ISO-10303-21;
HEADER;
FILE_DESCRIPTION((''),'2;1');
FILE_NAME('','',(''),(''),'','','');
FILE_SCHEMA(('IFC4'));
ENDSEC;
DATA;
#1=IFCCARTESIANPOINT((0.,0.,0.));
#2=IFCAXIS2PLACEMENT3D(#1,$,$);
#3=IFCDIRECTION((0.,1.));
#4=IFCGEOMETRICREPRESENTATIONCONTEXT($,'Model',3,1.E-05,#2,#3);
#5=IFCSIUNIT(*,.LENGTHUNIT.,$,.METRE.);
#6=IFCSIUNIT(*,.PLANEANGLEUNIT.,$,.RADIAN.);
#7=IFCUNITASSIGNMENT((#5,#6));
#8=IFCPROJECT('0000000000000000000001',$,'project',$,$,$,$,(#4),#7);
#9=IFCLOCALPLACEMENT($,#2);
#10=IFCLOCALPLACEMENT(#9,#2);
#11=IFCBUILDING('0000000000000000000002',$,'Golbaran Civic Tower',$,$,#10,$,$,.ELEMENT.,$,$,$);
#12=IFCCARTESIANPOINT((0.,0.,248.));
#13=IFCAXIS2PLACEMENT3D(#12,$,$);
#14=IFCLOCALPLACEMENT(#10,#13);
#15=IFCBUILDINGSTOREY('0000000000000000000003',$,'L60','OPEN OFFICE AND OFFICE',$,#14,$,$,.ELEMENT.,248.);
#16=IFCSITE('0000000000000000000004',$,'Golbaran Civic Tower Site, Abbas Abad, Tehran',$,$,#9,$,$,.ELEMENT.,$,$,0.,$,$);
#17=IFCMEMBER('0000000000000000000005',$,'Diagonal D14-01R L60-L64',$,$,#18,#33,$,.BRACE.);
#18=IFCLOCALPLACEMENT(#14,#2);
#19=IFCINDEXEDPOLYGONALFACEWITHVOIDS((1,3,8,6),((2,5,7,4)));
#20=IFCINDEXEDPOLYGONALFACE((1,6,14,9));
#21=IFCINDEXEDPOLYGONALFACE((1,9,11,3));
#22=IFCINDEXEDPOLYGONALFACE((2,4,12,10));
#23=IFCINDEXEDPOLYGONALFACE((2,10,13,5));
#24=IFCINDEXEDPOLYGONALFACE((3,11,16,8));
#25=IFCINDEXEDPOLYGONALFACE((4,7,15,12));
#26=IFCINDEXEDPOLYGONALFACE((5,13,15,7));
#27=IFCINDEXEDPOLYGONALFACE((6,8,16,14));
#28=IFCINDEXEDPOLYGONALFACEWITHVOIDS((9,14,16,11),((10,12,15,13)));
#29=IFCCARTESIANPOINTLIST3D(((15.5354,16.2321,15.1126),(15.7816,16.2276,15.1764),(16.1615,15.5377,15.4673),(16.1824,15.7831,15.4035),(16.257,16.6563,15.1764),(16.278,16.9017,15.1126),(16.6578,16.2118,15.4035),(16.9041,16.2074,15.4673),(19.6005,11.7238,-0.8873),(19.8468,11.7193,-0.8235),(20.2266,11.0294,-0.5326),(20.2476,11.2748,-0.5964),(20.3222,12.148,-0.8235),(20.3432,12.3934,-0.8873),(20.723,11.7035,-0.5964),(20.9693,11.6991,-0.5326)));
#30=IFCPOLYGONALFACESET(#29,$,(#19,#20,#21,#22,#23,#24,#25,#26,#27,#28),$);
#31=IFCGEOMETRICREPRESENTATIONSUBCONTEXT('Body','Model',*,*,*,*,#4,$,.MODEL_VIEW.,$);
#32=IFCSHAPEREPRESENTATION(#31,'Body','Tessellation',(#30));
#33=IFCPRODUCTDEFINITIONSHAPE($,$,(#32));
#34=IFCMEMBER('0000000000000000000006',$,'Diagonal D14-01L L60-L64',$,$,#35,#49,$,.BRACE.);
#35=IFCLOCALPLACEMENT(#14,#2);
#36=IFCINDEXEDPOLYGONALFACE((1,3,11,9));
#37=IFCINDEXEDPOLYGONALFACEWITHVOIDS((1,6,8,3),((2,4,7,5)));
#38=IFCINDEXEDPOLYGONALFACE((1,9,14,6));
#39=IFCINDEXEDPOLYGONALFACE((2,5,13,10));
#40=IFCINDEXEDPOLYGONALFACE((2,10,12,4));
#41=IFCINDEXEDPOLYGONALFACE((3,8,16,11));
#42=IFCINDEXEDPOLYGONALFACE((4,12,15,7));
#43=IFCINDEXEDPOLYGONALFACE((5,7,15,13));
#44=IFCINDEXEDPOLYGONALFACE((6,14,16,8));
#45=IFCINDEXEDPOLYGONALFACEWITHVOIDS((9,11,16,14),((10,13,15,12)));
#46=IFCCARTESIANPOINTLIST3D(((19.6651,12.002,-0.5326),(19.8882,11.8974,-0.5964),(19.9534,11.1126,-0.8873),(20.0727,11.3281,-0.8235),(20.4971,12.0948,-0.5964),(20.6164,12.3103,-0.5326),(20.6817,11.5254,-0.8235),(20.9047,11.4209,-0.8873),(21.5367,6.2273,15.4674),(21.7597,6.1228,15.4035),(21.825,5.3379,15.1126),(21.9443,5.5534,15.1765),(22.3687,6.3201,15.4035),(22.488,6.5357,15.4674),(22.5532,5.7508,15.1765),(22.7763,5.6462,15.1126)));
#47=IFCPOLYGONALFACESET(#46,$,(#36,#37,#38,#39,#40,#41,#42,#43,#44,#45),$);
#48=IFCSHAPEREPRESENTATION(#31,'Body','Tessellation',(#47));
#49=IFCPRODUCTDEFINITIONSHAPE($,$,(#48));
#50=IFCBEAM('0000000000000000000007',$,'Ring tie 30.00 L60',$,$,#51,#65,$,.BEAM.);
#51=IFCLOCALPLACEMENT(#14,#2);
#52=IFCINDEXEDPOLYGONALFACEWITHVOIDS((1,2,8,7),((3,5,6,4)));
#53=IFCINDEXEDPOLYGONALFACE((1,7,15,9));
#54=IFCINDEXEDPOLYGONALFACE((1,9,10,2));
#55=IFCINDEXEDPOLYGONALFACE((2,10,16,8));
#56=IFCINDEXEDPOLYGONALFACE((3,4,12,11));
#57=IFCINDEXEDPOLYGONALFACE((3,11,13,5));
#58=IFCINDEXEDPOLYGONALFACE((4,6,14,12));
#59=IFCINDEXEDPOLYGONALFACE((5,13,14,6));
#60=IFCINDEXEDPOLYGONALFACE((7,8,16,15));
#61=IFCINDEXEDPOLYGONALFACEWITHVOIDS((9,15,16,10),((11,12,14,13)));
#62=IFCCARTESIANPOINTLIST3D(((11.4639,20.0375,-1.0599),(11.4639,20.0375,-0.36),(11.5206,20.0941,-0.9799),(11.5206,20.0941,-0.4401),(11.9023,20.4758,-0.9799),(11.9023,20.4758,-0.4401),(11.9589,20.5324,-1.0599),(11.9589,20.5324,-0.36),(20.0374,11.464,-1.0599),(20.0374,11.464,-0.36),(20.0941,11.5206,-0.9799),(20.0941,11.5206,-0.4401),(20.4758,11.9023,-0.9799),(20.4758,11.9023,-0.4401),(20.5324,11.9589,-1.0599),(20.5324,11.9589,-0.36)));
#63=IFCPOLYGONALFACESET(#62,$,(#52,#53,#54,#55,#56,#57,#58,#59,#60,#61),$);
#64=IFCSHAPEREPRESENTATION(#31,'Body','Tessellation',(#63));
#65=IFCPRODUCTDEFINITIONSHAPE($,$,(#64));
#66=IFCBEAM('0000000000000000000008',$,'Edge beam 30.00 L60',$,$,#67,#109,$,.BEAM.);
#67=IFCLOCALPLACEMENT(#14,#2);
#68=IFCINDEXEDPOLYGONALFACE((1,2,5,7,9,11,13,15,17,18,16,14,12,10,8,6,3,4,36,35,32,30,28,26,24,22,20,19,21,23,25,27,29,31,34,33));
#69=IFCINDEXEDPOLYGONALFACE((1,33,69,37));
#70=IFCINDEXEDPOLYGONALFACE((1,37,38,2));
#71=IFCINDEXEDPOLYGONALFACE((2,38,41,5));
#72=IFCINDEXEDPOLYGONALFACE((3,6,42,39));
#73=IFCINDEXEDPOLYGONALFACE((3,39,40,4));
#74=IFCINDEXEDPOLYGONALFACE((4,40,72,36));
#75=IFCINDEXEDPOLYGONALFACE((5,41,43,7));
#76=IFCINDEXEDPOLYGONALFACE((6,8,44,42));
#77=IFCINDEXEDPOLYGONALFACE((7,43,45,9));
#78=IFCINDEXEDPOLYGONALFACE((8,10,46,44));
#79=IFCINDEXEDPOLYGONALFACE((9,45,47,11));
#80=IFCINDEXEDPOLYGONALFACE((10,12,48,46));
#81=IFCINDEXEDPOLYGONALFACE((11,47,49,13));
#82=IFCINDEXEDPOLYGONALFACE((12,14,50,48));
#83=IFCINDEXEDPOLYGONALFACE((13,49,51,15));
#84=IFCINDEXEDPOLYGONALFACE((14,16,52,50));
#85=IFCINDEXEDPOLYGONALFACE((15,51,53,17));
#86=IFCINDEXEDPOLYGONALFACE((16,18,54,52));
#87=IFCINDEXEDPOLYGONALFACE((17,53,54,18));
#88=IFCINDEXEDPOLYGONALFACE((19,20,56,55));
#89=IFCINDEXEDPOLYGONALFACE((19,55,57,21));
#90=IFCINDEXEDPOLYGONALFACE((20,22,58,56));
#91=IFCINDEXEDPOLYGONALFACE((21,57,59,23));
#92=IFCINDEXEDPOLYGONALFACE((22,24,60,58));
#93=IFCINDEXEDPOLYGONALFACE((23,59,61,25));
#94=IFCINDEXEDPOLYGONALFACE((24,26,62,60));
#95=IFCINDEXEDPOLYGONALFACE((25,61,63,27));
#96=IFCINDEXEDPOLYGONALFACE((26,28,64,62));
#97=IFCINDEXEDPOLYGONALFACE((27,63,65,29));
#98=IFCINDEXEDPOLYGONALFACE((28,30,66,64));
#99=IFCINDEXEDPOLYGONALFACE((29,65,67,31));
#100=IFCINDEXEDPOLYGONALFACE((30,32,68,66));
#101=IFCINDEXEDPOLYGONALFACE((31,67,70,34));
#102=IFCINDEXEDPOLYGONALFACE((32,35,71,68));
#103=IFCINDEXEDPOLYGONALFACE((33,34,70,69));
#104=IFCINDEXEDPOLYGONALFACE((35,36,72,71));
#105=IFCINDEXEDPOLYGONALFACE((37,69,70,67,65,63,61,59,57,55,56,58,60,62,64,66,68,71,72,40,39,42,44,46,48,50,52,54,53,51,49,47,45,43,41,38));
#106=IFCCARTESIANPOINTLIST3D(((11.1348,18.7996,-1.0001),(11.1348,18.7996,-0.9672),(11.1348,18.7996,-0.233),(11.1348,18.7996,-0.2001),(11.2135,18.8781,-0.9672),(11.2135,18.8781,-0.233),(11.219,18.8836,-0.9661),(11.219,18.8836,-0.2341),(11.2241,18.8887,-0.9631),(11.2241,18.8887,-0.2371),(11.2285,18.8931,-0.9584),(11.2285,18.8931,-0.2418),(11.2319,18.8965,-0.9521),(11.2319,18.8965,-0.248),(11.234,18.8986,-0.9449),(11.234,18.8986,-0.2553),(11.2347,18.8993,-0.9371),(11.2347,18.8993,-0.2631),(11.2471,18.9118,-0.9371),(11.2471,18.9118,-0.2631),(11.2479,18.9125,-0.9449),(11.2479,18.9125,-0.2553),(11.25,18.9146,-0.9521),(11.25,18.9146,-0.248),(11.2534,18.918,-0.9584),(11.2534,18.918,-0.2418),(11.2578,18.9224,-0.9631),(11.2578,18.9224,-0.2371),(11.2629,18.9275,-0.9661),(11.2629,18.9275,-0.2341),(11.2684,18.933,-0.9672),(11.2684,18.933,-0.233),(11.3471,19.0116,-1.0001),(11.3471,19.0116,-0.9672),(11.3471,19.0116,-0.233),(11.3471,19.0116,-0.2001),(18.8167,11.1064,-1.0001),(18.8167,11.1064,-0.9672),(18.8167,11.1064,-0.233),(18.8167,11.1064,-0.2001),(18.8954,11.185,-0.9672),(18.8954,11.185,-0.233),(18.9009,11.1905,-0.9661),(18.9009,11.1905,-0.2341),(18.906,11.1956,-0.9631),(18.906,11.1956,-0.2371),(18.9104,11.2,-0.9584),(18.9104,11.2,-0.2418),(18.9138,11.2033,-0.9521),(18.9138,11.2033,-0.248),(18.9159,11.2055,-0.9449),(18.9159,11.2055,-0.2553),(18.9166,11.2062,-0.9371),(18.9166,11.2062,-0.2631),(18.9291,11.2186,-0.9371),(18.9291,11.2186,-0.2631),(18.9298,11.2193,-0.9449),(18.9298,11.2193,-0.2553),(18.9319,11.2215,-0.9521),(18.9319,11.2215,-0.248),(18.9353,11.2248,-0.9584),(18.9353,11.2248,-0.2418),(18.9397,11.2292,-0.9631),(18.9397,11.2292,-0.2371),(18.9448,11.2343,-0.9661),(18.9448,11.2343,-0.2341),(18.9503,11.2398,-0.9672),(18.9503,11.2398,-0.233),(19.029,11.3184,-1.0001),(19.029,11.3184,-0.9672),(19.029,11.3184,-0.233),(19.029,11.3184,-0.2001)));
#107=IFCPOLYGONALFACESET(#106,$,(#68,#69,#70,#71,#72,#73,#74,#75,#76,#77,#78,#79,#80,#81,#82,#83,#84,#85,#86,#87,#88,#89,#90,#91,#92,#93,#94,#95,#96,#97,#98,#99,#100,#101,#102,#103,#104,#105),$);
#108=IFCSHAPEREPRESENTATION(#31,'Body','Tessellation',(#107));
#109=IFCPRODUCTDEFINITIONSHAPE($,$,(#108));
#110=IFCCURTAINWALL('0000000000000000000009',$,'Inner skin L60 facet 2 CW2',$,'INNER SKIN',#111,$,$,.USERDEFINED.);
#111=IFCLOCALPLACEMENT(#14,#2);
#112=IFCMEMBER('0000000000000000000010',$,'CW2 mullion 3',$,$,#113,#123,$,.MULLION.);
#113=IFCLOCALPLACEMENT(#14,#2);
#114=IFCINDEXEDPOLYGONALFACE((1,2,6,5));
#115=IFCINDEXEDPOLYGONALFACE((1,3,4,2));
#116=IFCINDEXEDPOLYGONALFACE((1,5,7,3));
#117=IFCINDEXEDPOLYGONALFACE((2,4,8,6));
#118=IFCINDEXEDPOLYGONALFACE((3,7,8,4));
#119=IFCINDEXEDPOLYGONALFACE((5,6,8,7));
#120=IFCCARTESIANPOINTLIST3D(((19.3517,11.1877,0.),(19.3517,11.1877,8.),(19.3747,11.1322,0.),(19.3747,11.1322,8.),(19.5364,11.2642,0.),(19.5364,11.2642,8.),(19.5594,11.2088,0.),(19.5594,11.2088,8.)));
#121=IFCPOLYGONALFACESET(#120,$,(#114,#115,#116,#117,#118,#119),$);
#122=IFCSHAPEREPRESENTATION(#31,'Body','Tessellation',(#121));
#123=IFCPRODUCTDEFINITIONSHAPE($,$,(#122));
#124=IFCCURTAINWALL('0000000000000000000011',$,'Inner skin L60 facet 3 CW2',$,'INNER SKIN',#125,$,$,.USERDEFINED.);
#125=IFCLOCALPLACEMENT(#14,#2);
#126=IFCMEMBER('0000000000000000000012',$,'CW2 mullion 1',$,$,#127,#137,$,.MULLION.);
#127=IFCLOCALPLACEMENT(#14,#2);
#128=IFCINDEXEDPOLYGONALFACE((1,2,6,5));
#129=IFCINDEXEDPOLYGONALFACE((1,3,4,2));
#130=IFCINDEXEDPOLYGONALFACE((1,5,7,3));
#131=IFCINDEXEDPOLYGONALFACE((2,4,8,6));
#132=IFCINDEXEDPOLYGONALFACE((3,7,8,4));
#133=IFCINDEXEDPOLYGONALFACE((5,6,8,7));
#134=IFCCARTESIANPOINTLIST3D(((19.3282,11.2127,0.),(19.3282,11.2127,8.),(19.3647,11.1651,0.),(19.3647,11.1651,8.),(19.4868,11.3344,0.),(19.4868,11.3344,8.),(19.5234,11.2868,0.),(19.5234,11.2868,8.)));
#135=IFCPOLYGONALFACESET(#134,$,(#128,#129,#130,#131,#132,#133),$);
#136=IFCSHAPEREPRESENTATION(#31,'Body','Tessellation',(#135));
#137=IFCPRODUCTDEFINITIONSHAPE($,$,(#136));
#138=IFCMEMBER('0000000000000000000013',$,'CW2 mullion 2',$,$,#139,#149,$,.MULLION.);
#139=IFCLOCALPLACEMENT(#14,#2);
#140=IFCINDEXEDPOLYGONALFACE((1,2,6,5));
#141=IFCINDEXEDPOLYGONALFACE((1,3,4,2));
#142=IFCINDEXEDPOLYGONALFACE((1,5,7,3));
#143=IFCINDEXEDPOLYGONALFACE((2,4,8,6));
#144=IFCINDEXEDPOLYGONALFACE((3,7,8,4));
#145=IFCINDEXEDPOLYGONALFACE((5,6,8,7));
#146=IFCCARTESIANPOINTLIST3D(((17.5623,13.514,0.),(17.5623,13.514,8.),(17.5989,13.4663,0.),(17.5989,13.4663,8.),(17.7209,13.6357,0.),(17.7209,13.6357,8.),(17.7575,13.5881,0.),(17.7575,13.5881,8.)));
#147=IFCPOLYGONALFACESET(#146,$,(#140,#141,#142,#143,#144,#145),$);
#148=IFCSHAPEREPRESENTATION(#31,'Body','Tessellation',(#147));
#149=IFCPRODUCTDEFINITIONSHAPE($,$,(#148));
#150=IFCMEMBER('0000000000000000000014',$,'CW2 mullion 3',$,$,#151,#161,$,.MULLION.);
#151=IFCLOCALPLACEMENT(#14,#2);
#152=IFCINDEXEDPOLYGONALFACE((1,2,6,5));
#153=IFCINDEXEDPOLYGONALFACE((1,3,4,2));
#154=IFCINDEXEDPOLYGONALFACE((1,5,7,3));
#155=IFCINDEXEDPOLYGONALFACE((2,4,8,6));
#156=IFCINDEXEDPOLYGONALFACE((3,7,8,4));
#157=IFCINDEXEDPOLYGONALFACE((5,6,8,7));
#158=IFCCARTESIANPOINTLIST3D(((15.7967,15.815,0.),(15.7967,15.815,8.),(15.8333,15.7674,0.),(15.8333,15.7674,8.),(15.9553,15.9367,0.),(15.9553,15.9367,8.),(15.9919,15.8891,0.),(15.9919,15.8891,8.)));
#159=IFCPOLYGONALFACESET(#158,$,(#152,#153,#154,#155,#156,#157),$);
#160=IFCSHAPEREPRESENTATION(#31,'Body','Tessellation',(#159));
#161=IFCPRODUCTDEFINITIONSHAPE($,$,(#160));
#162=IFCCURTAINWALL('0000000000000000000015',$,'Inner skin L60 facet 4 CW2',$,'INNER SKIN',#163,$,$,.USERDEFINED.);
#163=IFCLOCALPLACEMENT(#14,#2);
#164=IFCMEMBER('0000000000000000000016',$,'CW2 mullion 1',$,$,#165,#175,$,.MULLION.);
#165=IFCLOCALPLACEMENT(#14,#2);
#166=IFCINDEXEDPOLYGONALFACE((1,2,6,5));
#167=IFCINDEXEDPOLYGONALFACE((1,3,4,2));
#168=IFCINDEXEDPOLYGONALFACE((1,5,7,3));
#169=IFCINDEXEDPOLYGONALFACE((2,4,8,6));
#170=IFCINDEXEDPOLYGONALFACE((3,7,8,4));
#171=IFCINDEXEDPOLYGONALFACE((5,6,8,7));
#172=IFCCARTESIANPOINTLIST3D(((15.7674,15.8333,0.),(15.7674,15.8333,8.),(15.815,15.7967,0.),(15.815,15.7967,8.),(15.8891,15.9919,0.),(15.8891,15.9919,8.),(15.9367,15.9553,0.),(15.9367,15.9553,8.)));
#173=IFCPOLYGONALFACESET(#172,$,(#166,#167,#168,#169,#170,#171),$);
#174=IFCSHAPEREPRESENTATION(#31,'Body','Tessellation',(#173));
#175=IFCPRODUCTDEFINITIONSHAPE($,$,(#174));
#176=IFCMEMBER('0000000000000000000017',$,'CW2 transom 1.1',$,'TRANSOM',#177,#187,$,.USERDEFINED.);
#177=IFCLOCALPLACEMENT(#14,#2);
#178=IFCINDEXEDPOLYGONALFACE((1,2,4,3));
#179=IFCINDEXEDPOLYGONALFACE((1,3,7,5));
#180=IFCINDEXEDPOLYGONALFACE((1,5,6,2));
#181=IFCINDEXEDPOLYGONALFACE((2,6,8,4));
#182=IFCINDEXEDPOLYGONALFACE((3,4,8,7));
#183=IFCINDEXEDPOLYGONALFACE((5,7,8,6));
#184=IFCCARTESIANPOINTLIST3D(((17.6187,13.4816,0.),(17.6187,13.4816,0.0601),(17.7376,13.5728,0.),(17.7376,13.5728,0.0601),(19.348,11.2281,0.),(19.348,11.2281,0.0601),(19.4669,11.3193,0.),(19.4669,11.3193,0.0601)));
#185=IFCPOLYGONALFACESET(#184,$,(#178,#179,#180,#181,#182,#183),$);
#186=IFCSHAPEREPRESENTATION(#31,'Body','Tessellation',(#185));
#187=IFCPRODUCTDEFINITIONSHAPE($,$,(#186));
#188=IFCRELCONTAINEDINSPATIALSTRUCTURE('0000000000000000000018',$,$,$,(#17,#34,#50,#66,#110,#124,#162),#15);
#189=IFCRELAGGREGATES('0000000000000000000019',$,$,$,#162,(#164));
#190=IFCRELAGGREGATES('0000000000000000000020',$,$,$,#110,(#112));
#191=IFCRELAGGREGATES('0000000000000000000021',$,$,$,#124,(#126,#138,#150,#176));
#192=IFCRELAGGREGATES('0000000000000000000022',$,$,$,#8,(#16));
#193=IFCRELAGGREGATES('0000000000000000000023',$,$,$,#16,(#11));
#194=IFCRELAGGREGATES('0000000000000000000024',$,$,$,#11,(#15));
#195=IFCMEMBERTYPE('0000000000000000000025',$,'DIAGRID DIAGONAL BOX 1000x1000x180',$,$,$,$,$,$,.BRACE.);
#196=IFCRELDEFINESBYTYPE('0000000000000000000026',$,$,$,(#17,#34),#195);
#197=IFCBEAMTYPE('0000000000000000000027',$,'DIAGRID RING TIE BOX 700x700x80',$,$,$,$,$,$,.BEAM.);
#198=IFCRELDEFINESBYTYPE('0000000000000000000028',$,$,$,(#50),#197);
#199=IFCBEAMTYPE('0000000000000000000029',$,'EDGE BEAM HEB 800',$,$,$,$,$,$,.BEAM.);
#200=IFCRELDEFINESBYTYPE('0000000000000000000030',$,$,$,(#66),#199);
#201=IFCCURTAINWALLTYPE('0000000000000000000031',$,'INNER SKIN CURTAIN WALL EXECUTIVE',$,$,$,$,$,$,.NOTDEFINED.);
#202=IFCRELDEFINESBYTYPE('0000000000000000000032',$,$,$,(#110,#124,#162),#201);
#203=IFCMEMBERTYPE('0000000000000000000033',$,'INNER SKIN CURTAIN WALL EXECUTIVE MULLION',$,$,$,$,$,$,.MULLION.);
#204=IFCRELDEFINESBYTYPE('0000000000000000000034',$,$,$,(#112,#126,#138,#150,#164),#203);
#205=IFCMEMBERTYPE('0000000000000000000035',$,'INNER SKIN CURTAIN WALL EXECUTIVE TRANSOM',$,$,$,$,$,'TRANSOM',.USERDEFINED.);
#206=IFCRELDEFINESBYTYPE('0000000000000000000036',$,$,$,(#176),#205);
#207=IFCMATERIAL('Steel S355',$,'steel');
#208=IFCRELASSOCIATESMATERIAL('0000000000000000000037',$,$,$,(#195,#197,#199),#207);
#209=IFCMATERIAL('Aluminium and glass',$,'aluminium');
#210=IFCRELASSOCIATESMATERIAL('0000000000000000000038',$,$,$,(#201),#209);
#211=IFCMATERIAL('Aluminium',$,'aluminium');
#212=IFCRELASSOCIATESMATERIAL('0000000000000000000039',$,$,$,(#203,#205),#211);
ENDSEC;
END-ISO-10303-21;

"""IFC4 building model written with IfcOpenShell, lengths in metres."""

from ifc_helpers import new_model, si_unit, direction, frame, origin, origin_2d, place, context, subcontext, project, spatial, rectangle, hollow_rectangle, i_section, extrude, material, material_profile, profile_set, type_object, element, aggregate, save


model = new_model("IFC4")

# Units and contexts
model_context = context("Model", 3, precision=1e-05, world=origin(), true_north=direction((0.0, 1.0)))
body_context = subcontext(model_context, "Body", "Model", "MODEL_VIEW")
ifc_project = project(units=[si_unit("LENGTHUNIT", "METRE"), si_unit("PLANEANGLEUNIT", "RADIAN")], contexts=[model_context])

# Site, building, storey
site_placement = place(None, origin())
site = spatial("IfcSite", under=ifc_project, at=site_placement, Name="Golbaran Civic Tower Site, Abbas Abad, Tehran", CompositionType="ELEMENT", RefElevation=0.0)
building_placement = place(site_placement, origin())
building = spatial("IfcBuilding", under=site, at=building_placement, Name="Golbaran Civic Tower", CompositionType="ELEMENT")
storey_placement = place(building_placement, frame((0.0, 0.0, 248.0)))
storey = spatial("IfcBuildingStorey", under=building, at=storey_placement, Name="L60", Description="OPEN OFFICE AND OFFICE", CompositionType="ELEMENT", Elevation=248.0)

# Members
ifc_material_1 = material(Name="Steel S355", Category="steel")
ifc_material_profile_1 = material_profile(ifc_material_1, hollow_rectangle(XDim=1.0, YDim=1.0, WallThickness=0.1799, at=origin_2d()), Name="BOX 1000x1000x180")
ifc_profile_set_1 = profile_set([ifc_material_profile_1], Name="Steel S355")
member_type_1 = type_object("IfcMemberType", Name="DIAGRID DIAGONAL BOX 1000x1000x180", PredefinedType="BRACE", material=ifc_profile_set_1)
for number, where, z_axis, x_axis, name in (
    (1, (20.2849, 11.7114, -0.71), (-0.237551, 0.263445, 0.934969), (-0.742662, -0.669667, 0.0), "Diagonal D14-01R L60-L64"),
    (2, (20.2849, 11.7114, -0.71), (0.109367, -0.337446, 0.93497), (0.951285, 0.308314, 0.0), "Diagonal D14-01L L60-L64"),
):
    element("IfcMember", number, at=place(storey_placement, frame(where, z_axis=z_axis, x_axis=x_axis)), inside=storey, type_object=member_type_1, Name=name, PredefinedType="BRACE", context=body_context, shape_type="SweptSolid", body=[
        extrude(hollow_rectangle(XDim=1.0, YDim=1.0, WallThickness=0.1799, at=origin_2d()), origin(), (0.0, 0.0, 1.0), 17.1128),
    ])

# Beams
ifc_material_profile_2 = material_profile(ifc_material_1, hollow_rectangle(XDim=0.7, YDim=0.7, WallThickness=0.0801, at=origin_2d()), Name="BOX 700x700x80")
ifc_profile_set_2 = profile_set([ifc_material_profile_2], Name="Steel S355")
beam_type_1 = type_object("IfcBeamType", Name="DIAGRID RING TIE BOX 700x700x80", PredefinedType="BEAM", material=ifc_profile_set_2)
beam_1_placement = place(storey_placement, frame((20.2849, 11.7114, -0.71), z_axis=(-0.707107, 0.707107, 0.0), x_axis=(-0.707107, -0.707107, 0.0)))
element("IfcBeam", 3, at=beam_1_placement, inside=storey, type_object=beam_type_1, Name="Ring tie 30.00 L60", PredefinedType="BEAM", context=body_context, shape_type="SweptSolid", body=[
    extrude(hollow_rectangle(XDim=0.7, YDim=0.7, WallThickness=0.0801, at=origin_2d()), origin(), (0.0, 0.0, 1.0), 12.1248),
])
ifc_material_profile_3 = material_profile(ifc_material_1, i_section(OverallWidth=0.3, OverallDepth=0.8, WebThickness=0.0176, FlangeThickness=0.033, FilletRadius=0.03, at=origin_2d()), Name="HEB 800")
ifc_profile_set_3 = profile_set([ifc_material_profile_3], Name="Steel S355")
beam_type_2 = type_object("IfcBeamType", Name="EDGE BEAM HEB 800", PredefinedType="BEAM", material=ifc_profile_set_3)
beam_2_placement = place(storey_placement, frame((18.9229, 11.2124, -0.6001), z_axis=(-0.70659, 0.707623, 0.0), x_axis=(-0.707623, -0.70659, 0.0)))
element("IfcBeam", 4, at=beam_2_placement, inside=storey, type_object=beam_type_2, Name="Edge beam 30.00 L60", PredefinedType="BEAM", context=body_context, shape_type="SweptSolid", body=[
    extrude(i_section(OverallWidth=0.3, OverallDepth=0.8, WebThickness=0.0176, FlangeThickness=0.033, FilletRadius=0.03, at=origin_2d()), origin(), (0.0, 0.0, 1.0), 10.8718),
])

# Curtain wall, member
ifc_material_2 = material(Name="Aluminium and glass", Category="aluminium")
curtain_wall_type_1 = type_object("IfcCurtainWallType", Name="INNER SKIN CURTAIN WALL EXECUTIVE", PredefinedType="NOTDEFINED", material=ifc_material_2)
curtain_wall_1_placement = place(storey_placement, origin())
curtain_wall_1 = element("IfcCurtainWall", 5, at=curtain_wall_1_placement, inside=storey, type_object=curtain_wall_type_1, Name="Inner skin L60 facet 2 CW2", ObjectType="INNER SKIN", PredefinedType="USERDEFINED")
ifc_material_3 = material(Name="Aluminium", Category="aluminium")
ifc_material_profile_4 = material_profile(ifc_material_3, rectangle(XDim=0.2, YDim=0.0601, at=origin_2d()), Name="INNER SKIN CURTAIN WALL EXECUTIVE MULLION")
ifc_profile_set_4 = profile_set([ifc_material_profile_4], Name="Aluminium")
member_type_2 = type_object("IfcMemberType", Name="INNER SKIN CURTAIN WALL EXECUTIVE MULLION", PredefinedType="MULLION", material=ifc_profile_set_4)
member_1_placement = place(storey_placement, frame((19.4556, 11.1982, 0.0), z_axis=(0.0, 0.0, 1.0), x_axis=(-0.92388, -0.382683, 0.0)))
member_1 = element("IfcMember", 6, at=member_1_placement, type_object=member_type_2, Name="CW2 mullion 3", PredefinedType="MULLION", context=body_context, shape_type="SweptSolid", body=[
    extrude(rectangle(XDim=0.2, YDim=0.0601, at=origin_2d()), origin(), (0.0, 0.0, 1.0), 8.0),
])

# Curtain wall, members
curtain_wall_2_placement = place(storey_placement, origin())
curtain_wall_2 = element("IfcCurtainWall", 7, at=curtain_wall_2_placement, inside=storey, type_object=curtain_wall_type_1, Name="Inner skin L60 facet 3 CW2", ObjectType="INNER SKIN", PredefinedType="USERDEFINED")
member_2_placement = place(storey_placement, frame((19.4258, 11.2498, 0.0), z_axis=(0.0, 0.0, 1.0), x_axis=(-0.793353, -0.608761, 0.0)))
member_2 = element("IfcMember", 8, at=member_2_placement, type_object=member_type_2, Name="CW2 mullion 1", PredefinedType="MULLION", context=body_context, shape_type="SweptSolid", body=[
    extrude(rectangle(XDim=0.2, YDim=0.0601, at=origin_2d()), origin(), (0.0, 0.0, 1.0), 8.0),
])
member_3_placement = place(storey_placement, frame((17.6599, 13.551, 0.0), z_axis=(0.0, 0.0, 1.0), x_axis=(-0.793353, -0.608761, 0.0)))
member_3 = element("IfcMember", 9, at=member_3_placement, type_object=member_type_2, Name="CW2 mullion 2", PredefinedType="MULLION", context=body_context, shape_type="SweptSolid", body=[
    extrude(rectangle(XDim=0.2, YDim=0.0601, at=origin_2d()), origin(), (0.0, 0.0, 1.0), 8.0),
])
member_4_placement = place(storey_placement, frame((15.8943, 15.8521, 0.0), z_axis=(0.0, 0.0, 1.0), x_axis=(-0.793353, -0.608761, 0.0)))
member_4 = element("IfcMember", 10, at=member_4_placement, type_object=member_type_2, Name="CW2 mullion 3", PredefinedType="MULLION", context=body_context, shape_type="SweptSolid", body=[
    extrude(rectangle(XDim=0.2, YDim=0.0601, at=origin_2d()), origin(), (0.0, 0.0, 1.0), 8.0),
])

# Curtain wall, member
curtain_wall_3_placement = place(storey_placement, origin())
curtain_wall_3 = element("IfcCurtainWall", 11, at=curtain_wall_3_placement, inside=storey, type_object=curtain_wall_type_1, Name="Inner skin L60 facet 4 CW2", ObjectType="INNER SKIN", PredefinedType="USERDEFINED")
member_5_placement = place(storey_placement, frame((15.8521, 15.8943, 0.0), z_axis=(0.0, 0.0, 1.0), x_axis=(-0.608761, -0.793353, 0.0)))
member_5 = element("IfcMember", 12, at=member_5_placement, type_object=member_type_2, Name="CW2 mullion 1", PredefinedType="MULLION", context=body_context, shape_type="SweptSolid", body=[
    extrude(rectangle(XDim=0.2, YDim=0.0601, at=origin_2d()), origin(), (0.0, 0.0, 1.0), 8.0),
])

# Member
ifc_material_profile_5 = material_profile(ifc_material_3, rectangle(XDim=0.1499, YDim=0.0601, at=origin_2d()), Name="INNER SKIN CURTAIN WALL EXECUTIVE TRANSOM")
ifc_profile_set_5 = profile_set([ifc_material_profile_5], Name="Aluminium")
member_type_3 = type_object("IfcMemberType", Name="INNER SKIN CURTAIN WALL EXECUTIVE TRANSOM", ElementType="TRANSOM", PredefinedType="USERDEFINED", material=ifc_profile_set_5)
member_6_placement = place(storey_placement, frame((19.4075, 11.2737, 0.03), z_axis=(-0.608792, 0.79333, 0.0), x_axis=(-0.79333, -0.608792, 0.0)))
member_6 = element("IfcMember", 13, at=member_6_placement, type_object=member_type_3, Name="CW2 transom 1.1", ObjectType="TRANSOM", PredefinedType="USERDEFINED", context=body_context, shape_type="SweptSolid", body=[
    extrude(rectangle(XDim=0.1499, YDim=0.0601, at=origin_2d()), origin(), (0.0, 0.0, 1.0), 2.8406),
])

aggregate(curtain_wall_3, [member_5])
aggregate(curtain_wall_1, [member_1])
aggregate(curtain_wall_2, [member_2, member_3, member_4, member_6])

save(model, "model.ifc")
